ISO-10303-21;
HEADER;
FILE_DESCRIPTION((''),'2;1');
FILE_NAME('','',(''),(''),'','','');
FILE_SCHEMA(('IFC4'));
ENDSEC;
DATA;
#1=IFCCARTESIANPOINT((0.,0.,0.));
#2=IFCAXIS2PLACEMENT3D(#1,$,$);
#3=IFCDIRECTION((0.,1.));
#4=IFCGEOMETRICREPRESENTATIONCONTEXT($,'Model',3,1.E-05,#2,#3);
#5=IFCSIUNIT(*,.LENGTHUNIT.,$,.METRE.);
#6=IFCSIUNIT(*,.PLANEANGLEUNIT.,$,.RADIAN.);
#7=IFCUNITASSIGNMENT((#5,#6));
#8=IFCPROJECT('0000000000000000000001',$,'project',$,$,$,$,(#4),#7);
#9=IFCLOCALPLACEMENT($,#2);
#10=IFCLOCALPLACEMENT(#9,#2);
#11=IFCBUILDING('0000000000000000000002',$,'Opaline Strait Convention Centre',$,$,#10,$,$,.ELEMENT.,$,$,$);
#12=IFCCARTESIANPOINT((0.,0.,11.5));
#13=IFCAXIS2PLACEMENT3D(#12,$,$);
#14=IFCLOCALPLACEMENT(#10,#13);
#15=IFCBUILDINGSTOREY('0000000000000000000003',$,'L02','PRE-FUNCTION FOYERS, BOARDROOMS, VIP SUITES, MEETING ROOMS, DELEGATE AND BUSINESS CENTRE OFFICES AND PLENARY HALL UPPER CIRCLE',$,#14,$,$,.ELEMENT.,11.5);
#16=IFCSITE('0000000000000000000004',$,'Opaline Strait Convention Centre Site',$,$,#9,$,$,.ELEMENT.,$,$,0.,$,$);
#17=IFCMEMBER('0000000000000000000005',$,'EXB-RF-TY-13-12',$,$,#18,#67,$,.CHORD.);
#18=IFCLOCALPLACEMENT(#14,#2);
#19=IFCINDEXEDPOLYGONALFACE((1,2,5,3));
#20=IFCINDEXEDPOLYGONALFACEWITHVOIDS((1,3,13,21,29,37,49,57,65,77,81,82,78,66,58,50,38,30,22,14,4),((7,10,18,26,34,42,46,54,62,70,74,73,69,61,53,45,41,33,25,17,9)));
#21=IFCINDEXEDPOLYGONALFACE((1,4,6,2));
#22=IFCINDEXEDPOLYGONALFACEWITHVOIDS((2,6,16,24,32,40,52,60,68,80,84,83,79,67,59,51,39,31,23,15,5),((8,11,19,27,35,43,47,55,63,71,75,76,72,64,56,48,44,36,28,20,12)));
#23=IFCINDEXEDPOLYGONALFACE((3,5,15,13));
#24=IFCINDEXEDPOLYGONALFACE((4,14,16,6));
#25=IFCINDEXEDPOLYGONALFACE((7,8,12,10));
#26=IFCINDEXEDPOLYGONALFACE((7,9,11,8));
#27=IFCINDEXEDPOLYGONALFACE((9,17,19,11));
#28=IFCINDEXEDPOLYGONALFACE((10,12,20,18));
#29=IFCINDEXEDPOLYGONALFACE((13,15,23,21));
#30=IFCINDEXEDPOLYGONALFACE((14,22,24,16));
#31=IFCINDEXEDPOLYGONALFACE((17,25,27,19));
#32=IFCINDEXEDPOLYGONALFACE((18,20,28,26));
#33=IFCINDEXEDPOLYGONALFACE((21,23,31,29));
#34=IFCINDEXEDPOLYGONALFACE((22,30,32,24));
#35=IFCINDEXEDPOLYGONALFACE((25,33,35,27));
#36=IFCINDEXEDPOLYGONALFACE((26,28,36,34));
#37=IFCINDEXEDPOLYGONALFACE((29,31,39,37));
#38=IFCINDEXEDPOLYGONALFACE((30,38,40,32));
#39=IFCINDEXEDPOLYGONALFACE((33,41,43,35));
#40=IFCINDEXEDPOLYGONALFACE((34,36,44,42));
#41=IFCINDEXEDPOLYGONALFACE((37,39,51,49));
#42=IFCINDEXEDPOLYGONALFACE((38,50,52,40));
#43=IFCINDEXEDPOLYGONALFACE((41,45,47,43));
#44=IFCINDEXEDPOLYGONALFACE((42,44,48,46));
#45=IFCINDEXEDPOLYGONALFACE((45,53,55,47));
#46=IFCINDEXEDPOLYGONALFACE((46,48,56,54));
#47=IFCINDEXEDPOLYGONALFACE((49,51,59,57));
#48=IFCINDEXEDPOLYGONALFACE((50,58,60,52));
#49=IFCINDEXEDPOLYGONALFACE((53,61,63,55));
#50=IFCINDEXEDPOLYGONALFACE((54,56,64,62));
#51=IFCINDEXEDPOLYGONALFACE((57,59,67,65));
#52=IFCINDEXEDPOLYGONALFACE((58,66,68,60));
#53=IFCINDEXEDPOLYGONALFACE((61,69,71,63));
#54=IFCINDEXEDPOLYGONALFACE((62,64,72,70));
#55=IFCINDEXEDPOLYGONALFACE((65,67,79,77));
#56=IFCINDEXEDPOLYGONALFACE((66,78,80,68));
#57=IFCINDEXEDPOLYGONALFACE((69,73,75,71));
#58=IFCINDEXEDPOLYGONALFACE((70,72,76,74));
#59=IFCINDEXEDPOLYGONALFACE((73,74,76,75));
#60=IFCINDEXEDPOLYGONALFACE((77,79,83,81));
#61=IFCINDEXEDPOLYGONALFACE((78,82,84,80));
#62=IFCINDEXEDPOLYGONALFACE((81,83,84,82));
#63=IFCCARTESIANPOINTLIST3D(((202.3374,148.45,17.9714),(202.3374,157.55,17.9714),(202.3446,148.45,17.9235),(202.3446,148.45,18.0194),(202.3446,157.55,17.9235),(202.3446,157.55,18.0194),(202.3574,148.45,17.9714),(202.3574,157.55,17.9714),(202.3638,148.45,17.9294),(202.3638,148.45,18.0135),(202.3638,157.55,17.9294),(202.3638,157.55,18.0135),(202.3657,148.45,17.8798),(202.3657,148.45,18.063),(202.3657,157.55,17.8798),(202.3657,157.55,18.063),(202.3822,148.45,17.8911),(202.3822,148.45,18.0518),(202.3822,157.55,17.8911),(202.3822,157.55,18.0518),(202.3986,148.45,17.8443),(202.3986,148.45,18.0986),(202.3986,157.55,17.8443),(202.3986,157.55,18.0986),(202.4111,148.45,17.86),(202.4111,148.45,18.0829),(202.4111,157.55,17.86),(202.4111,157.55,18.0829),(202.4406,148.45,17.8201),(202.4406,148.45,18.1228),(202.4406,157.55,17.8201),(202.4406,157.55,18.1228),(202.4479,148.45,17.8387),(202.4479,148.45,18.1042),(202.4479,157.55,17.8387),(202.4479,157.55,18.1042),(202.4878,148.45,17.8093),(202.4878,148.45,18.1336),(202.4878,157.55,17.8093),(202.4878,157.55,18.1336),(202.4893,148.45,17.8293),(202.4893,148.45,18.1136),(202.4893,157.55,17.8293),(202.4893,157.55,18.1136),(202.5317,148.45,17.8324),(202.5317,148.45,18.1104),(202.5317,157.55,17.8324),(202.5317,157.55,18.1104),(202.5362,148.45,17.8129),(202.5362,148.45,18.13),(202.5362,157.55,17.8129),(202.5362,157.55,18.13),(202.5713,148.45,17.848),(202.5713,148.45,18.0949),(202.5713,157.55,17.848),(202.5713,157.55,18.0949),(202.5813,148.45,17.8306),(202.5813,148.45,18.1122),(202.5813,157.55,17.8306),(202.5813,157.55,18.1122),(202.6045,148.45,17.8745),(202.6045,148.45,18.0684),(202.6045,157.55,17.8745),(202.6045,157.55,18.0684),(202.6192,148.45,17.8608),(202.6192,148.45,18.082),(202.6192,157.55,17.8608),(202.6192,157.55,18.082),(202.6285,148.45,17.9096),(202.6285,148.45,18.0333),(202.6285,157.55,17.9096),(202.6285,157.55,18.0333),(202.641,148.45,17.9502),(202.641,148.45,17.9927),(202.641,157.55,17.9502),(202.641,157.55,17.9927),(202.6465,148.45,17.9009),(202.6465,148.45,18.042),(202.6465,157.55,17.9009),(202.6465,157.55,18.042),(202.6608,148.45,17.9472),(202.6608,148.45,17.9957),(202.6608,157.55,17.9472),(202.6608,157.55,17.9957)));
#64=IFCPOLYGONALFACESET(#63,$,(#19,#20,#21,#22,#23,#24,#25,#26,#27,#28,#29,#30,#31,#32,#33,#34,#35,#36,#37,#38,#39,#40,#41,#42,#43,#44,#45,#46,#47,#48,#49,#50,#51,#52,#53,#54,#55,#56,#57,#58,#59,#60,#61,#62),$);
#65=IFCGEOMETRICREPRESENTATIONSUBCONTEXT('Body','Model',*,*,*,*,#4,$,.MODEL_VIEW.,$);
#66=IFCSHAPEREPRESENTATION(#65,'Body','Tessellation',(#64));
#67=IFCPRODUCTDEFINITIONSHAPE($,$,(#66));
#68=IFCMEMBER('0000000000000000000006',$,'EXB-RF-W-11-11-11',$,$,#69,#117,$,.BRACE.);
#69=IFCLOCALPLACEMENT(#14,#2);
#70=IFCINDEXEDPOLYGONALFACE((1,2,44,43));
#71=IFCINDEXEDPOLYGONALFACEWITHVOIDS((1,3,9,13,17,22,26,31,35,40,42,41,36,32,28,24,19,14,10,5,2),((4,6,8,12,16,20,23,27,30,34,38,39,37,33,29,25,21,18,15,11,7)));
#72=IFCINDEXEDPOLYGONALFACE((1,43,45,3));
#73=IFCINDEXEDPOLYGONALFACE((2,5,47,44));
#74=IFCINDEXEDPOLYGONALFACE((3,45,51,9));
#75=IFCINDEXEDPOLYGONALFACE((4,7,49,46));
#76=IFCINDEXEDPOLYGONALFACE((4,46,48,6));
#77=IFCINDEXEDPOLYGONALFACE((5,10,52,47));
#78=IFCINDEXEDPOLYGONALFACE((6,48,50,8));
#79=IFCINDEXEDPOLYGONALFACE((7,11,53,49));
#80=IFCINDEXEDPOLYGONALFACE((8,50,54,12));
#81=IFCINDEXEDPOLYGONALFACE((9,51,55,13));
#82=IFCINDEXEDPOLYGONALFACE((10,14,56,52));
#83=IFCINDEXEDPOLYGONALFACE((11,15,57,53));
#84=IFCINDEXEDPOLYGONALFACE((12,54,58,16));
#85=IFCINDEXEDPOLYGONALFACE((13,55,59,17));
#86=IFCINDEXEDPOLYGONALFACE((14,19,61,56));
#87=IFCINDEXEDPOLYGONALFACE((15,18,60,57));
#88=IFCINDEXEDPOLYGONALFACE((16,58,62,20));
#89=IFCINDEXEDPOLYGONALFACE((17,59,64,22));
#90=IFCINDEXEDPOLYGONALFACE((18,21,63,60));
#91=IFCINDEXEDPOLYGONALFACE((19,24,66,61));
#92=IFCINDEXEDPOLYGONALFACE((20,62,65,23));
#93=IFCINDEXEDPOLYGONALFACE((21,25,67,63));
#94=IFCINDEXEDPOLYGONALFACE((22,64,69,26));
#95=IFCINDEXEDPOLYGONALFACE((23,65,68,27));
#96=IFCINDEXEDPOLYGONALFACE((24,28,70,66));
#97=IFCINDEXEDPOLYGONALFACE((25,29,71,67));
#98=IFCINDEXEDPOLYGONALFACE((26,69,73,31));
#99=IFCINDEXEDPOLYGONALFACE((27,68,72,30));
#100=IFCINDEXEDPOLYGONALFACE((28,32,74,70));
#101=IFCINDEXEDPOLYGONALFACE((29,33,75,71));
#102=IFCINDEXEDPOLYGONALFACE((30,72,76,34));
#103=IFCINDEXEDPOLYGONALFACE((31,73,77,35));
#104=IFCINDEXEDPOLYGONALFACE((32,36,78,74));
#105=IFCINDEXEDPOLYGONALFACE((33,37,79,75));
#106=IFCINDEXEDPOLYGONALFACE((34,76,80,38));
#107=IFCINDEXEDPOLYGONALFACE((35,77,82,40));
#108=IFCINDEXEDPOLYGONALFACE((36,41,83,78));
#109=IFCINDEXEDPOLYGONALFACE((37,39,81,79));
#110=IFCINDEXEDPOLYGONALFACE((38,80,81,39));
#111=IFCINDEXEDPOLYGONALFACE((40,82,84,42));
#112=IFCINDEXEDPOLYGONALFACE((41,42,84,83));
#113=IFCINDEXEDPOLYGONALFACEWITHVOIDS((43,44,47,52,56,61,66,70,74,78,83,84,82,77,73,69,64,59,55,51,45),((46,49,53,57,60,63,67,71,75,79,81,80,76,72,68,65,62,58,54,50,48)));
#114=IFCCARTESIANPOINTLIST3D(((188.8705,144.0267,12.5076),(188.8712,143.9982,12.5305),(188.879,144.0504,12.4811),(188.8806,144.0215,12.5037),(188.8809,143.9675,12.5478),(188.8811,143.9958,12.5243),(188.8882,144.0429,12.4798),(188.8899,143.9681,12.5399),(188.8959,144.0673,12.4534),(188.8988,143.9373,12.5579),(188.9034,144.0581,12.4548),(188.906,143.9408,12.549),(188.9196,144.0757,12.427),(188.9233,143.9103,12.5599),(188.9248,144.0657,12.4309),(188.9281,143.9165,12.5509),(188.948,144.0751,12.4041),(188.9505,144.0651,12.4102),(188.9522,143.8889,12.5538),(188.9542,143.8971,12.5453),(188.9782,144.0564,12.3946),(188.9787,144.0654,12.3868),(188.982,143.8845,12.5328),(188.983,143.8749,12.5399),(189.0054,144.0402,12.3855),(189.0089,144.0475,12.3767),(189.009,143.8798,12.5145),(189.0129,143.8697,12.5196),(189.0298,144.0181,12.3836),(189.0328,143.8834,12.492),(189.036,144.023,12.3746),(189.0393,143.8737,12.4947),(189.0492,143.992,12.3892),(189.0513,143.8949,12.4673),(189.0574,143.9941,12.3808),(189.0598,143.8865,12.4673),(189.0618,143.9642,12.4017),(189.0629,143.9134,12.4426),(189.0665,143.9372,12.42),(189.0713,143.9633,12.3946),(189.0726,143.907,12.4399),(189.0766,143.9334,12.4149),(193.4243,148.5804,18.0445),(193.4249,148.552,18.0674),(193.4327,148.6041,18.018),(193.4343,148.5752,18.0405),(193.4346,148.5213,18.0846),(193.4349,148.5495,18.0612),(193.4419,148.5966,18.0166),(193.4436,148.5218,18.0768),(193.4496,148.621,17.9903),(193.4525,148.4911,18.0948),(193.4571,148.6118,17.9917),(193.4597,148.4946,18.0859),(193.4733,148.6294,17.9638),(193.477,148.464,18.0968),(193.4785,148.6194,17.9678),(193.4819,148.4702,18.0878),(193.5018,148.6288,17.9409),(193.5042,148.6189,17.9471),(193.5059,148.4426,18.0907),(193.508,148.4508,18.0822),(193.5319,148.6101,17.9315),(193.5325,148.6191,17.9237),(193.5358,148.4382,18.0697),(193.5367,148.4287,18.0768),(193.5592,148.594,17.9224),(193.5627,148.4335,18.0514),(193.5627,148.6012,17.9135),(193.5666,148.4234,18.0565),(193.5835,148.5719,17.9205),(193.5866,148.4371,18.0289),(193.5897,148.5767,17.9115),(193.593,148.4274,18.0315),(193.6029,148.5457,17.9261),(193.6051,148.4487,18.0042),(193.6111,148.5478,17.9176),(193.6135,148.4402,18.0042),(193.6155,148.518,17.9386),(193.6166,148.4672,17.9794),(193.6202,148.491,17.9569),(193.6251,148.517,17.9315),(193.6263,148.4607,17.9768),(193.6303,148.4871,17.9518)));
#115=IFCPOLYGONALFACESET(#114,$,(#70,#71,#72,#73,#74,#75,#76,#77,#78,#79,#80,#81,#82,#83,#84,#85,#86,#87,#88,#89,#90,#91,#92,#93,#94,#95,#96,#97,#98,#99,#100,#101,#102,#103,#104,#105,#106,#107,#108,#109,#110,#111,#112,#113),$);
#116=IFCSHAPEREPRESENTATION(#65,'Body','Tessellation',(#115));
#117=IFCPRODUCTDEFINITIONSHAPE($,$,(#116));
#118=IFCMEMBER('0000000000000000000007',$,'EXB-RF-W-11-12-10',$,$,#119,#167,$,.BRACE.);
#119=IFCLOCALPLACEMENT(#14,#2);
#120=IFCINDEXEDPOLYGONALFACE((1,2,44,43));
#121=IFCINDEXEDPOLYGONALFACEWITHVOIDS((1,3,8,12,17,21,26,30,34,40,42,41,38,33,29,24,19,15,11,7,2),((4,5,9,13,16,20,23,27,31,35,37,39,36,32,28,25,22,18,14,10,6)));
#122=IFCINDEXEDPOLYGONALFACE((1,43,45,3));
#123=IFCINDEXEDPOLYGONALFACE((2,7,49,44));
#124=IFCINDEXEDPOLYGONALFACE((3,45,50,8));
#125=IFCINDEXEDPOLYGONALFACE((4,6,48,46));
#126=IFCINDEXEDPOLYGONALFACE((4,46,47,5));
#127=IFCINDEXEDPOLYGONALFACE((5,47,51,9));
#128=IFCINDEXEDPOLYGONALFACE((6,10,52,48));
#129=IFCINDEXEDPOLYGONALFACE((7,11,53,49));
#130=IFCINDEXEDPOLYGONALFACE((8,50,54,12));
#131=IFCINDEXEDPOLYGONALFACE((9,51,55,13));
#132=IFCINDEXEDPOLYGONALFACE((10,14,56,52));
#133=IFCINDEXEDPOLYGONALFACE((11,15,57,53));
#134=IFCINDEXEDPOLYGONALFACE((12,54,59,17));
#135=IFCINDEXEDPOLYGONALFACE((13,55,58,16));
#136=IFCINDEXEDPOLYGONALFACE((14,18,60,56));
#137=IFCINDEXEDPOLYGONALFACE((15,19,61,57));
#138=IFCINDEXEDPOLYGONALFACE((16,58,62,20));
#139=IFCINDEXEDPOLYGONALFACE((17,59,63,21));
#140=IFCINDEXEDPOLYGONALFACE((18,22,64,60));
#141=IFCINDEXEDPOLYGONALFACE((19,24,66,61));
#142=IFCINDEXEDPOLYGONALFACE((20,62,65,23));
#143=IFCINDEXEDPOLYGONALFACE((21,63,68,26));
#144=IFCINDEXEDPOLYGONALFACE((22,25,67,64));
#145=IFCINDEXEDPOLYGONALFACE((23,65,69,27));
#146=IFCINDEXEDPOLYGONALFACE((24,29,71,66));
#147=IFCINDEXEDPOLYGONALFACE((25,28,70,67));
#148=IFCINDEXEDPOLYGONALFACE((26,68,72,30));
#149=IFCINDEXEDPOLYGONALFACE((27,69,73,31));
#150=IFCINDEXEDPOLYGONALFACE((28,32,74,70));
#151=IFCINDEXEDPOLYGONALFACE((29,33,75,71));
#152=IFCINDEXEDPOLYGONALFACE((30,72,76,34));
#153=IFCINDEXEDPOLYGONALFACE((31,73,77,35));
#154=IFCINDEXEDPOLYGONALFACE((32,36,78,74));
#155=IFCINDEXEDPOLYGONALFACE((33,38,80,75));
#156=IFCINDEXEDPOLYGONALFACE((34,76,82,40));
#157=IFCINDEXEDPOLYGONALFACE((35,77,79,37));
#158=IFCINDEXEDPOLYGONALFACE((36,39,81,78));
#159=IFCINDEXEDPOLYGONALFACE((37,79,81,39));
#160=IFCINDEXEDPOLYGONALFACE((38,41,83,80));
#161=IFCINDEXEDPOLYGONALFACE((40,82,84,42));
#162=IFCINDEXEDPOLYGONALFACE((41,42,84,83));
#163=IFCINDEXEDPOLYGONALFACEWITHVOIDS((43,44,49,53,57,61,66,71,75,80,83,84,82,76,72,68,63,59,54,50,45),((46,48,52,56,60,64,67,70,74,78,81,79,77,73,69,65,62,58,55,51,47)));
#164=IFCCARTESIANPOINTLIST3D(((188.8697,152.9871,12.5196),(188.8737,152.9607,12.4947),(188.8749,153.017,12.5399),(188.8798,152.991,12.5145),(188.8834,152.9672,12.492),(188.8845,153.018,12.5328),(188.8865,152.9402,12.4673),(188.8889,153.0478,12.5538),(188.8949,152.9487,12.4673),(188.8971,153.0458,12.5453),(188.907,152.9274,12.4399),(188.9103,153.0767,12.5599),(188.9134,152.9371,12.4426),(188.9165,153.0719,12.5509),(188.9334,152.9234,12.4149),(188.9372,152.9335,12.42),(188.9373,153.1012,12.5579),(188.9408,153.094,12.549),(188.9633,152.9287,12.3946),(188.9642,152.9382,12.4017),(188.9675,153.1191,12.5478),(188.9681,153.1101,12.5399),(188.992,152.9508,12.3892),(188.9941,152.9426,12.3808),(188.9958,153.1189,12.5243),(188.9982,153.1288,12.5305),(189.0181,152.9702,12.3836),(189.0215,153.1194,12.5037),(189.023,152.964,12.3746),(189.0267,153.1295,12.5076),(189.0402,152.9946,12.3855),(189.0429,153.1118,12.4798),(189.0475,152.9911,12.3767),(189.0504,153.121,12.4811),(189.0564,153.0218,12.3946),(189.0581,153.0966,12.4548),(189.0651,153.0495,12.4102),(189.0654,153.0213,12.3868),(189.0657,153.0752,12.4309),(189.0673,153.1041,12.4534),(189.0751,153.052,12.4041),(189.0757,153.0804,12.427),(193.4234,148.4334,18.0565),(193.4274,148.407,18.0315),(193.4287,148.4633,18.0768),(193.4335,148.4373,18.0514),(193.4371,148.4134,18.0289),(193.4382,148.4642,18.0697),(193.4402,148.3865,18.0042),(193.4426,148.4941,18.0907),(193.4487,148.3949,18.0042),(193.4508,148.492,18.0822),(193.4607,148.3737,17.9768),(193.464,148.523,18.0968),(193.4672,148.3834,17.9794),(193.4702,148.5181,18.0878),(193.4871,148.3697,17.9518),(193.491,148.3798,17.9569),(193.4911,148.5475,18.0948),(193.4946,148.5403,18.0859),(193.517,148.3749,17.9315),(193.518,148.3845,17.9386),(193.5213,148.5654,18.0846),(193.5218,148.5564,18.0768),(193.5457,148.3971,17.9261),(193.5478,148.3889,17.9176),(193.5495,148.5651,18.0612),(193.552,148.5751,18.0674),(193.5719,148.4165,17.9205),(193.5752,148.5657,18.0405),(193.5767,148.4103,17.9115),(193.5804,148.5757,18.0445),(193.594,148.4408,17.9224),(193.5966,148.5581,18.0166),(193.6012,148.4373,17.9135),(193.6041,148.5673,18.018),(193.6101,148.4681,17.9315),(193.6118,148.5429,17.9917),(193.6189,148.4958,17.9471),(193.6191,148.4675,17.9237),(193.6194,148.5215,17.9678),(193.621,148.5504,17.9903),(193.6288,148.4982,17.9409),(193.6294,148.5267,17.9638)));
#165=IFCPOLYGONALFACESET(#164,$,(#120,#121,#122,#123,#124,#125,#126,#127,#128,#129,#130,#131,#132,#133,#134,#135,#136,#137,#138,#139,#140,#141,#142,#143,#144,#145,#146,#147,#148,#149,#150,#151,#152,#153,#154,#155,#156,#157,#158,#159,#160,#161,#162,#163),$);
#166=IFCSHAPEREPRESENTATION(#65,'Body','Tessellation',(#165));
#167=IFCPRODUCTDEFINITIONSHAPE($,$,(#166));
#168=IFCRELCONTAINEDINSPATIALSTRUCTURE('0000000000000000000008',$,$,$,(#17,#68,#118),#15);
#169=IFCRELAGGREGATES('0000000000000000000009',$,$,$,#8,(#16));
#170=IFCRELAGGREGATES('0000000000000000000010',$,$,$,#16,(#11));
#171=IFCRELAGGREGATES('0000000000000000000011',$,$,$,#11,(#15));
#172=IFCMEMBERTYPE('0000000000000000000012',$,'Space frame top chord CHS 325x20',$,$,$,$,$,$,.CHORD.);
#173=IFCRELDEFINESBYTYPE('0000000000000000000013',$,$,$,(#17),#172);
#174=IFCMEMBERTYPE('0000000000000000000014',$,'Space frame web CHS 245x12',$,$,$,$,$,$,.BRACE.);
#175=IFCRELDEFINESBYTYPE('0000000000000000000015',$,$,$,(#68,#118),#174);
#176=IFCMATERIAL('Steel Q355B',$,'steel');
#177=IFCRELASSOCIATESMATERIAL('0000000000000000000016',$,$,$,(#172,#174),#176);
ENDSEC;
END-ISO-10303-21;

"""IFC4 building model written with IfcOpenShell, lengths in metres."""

from ifc_helpers import new_model, si_unit, direction, frame, origin, origin_2d, place, context, subcontext, project, spatial, hollow_circle, extrude, material, material_profile, profile_set, type_object, element, save


model = new_model("IFC4")

# Units and contexts
model_context = context("Model", 3, precision=1e-05, world=origin(), true_north=direction((0.0, 1.0)))
body_context = subcontext(model_context, "Body", "Model", "MODEL_VIEW")
ifc_project = project(units=[si_unit("LENGTHUNIT", "METRE"), si_unit("PLANEANGLEUNIT", "RADIAN")], contexts=[model_context])

# Site, building, storey
site_placement = place(None, origin())
site = spatial("IfcSite", under=ifc_project, at=site_placement, Name="Opaline Strait Convention Centre Site", CompositionType="ELEMENT", RefElevation=0.0)
building_placement = place(site_placement, origin())
building = spatial("IfcBuilding", under=site, at=building_placement, Name="Opaline Strait Convention Centre", CompositionType="ELEMENT")
storey_placement = place(building_placement, frame((0.0, 0.0, 11.5)))
storey = spatial("IfcBuildingStorey", under=building, at=storey_placement, Name="L02", Description="PRE-FUNCTION FOYERS, BOARDROOMS, VIP SUITES, MEETING ROOMS, DELEGATE AND BUSINESS CENTRE OFFICES AND PLENARY HALL UPPER CIRCLE", CompositionType="ELEMENT", Elevation=11.5)

# Members
ifc_material_1 = material(Name="Steel Q355B", Category="steel")
ifc_material_profile_1 = material_profile(ifc_material_1, hollow_circle(Radius=0.1626, WallThickness=0.02, at=origin_2d()), Name="CHS 325x20")
ifc_profile_set_1 = profile_set([ifc_material_profile_1], Name="Steel Q355B")
member_type_1 = type_object("IfcMemberType", Name="Space frame top chord CHS 325x20", PredefinedType="CHORD", material=ifc_profile_set_1)
for number, where, z_axis, x_axis, name in (
    (1, (202.5, 148.45, 17.9714), (0.0, 1.0, 0.0), (-1.0, 0.0, 0.0), "EXB-RF-TY-13-12"),
):
    element("IfcMember", number, at=place(storey_placement, frame(where, z_axis=z_axis, x_axis=x_axis)), inside=storey, type_object=member_type_1, Name=name, PredefinedType="CHORD", context=body_context, shape_type="SweptSolid", body=[
        extrude(hollow_circle(Radius=0.1626, WallThickness=0.02, at=origin_2d()), origin(), (0.0, 0.0, 1.0), 9.1001),
    ])
ifc_material_profile_2 = material_profile(ifc_material_1, hollow_circle(Radius=0.1226, WallThickness=0.012, at=origin_2d()), Name="CHS 245x12")
ifc_profile_set_2 = profile_set([ifc_material_profile_2], Name="Steel Q355B")
member_type_2 = type_object("IfcMemberType", Name="Space frame web CHS 245x12", PredefinedType="BRACE", material=ifc_profile_set_2)
for number, where, z_axis, x_axis, name in (
    (2, (193.5269, 148.5269, 18.0042), (-0.536178, -0.536178, -0.65194), (0.707107, -0.707107, 0.0), "EXB-RF-W-11-11-11"),
    (3, (193.5269, 148.4731, 18.0042), (-0.536178, 0.536178, -0.65194), (-0.707107, -0.707107, 0.0), "EXB-RF-W-11-12-10"),
):
    element("IfcMember", number, at=place(storey_placement, frame(where, z_axis=z_axis, x_axis=x_axis)), inside=storey, type_object=member_type_2, Name=name, PredefinedType="BRACE", context=body_context, shape_type="SweptSolid", body=[
        extrude(hollow_circle(Radius=0.1226, WallThickness=0.012, at=origin_2d()), origin(), (0.0, 0.0, 1.0), 8.4929),
    ])

save(model, "model.ifc")
